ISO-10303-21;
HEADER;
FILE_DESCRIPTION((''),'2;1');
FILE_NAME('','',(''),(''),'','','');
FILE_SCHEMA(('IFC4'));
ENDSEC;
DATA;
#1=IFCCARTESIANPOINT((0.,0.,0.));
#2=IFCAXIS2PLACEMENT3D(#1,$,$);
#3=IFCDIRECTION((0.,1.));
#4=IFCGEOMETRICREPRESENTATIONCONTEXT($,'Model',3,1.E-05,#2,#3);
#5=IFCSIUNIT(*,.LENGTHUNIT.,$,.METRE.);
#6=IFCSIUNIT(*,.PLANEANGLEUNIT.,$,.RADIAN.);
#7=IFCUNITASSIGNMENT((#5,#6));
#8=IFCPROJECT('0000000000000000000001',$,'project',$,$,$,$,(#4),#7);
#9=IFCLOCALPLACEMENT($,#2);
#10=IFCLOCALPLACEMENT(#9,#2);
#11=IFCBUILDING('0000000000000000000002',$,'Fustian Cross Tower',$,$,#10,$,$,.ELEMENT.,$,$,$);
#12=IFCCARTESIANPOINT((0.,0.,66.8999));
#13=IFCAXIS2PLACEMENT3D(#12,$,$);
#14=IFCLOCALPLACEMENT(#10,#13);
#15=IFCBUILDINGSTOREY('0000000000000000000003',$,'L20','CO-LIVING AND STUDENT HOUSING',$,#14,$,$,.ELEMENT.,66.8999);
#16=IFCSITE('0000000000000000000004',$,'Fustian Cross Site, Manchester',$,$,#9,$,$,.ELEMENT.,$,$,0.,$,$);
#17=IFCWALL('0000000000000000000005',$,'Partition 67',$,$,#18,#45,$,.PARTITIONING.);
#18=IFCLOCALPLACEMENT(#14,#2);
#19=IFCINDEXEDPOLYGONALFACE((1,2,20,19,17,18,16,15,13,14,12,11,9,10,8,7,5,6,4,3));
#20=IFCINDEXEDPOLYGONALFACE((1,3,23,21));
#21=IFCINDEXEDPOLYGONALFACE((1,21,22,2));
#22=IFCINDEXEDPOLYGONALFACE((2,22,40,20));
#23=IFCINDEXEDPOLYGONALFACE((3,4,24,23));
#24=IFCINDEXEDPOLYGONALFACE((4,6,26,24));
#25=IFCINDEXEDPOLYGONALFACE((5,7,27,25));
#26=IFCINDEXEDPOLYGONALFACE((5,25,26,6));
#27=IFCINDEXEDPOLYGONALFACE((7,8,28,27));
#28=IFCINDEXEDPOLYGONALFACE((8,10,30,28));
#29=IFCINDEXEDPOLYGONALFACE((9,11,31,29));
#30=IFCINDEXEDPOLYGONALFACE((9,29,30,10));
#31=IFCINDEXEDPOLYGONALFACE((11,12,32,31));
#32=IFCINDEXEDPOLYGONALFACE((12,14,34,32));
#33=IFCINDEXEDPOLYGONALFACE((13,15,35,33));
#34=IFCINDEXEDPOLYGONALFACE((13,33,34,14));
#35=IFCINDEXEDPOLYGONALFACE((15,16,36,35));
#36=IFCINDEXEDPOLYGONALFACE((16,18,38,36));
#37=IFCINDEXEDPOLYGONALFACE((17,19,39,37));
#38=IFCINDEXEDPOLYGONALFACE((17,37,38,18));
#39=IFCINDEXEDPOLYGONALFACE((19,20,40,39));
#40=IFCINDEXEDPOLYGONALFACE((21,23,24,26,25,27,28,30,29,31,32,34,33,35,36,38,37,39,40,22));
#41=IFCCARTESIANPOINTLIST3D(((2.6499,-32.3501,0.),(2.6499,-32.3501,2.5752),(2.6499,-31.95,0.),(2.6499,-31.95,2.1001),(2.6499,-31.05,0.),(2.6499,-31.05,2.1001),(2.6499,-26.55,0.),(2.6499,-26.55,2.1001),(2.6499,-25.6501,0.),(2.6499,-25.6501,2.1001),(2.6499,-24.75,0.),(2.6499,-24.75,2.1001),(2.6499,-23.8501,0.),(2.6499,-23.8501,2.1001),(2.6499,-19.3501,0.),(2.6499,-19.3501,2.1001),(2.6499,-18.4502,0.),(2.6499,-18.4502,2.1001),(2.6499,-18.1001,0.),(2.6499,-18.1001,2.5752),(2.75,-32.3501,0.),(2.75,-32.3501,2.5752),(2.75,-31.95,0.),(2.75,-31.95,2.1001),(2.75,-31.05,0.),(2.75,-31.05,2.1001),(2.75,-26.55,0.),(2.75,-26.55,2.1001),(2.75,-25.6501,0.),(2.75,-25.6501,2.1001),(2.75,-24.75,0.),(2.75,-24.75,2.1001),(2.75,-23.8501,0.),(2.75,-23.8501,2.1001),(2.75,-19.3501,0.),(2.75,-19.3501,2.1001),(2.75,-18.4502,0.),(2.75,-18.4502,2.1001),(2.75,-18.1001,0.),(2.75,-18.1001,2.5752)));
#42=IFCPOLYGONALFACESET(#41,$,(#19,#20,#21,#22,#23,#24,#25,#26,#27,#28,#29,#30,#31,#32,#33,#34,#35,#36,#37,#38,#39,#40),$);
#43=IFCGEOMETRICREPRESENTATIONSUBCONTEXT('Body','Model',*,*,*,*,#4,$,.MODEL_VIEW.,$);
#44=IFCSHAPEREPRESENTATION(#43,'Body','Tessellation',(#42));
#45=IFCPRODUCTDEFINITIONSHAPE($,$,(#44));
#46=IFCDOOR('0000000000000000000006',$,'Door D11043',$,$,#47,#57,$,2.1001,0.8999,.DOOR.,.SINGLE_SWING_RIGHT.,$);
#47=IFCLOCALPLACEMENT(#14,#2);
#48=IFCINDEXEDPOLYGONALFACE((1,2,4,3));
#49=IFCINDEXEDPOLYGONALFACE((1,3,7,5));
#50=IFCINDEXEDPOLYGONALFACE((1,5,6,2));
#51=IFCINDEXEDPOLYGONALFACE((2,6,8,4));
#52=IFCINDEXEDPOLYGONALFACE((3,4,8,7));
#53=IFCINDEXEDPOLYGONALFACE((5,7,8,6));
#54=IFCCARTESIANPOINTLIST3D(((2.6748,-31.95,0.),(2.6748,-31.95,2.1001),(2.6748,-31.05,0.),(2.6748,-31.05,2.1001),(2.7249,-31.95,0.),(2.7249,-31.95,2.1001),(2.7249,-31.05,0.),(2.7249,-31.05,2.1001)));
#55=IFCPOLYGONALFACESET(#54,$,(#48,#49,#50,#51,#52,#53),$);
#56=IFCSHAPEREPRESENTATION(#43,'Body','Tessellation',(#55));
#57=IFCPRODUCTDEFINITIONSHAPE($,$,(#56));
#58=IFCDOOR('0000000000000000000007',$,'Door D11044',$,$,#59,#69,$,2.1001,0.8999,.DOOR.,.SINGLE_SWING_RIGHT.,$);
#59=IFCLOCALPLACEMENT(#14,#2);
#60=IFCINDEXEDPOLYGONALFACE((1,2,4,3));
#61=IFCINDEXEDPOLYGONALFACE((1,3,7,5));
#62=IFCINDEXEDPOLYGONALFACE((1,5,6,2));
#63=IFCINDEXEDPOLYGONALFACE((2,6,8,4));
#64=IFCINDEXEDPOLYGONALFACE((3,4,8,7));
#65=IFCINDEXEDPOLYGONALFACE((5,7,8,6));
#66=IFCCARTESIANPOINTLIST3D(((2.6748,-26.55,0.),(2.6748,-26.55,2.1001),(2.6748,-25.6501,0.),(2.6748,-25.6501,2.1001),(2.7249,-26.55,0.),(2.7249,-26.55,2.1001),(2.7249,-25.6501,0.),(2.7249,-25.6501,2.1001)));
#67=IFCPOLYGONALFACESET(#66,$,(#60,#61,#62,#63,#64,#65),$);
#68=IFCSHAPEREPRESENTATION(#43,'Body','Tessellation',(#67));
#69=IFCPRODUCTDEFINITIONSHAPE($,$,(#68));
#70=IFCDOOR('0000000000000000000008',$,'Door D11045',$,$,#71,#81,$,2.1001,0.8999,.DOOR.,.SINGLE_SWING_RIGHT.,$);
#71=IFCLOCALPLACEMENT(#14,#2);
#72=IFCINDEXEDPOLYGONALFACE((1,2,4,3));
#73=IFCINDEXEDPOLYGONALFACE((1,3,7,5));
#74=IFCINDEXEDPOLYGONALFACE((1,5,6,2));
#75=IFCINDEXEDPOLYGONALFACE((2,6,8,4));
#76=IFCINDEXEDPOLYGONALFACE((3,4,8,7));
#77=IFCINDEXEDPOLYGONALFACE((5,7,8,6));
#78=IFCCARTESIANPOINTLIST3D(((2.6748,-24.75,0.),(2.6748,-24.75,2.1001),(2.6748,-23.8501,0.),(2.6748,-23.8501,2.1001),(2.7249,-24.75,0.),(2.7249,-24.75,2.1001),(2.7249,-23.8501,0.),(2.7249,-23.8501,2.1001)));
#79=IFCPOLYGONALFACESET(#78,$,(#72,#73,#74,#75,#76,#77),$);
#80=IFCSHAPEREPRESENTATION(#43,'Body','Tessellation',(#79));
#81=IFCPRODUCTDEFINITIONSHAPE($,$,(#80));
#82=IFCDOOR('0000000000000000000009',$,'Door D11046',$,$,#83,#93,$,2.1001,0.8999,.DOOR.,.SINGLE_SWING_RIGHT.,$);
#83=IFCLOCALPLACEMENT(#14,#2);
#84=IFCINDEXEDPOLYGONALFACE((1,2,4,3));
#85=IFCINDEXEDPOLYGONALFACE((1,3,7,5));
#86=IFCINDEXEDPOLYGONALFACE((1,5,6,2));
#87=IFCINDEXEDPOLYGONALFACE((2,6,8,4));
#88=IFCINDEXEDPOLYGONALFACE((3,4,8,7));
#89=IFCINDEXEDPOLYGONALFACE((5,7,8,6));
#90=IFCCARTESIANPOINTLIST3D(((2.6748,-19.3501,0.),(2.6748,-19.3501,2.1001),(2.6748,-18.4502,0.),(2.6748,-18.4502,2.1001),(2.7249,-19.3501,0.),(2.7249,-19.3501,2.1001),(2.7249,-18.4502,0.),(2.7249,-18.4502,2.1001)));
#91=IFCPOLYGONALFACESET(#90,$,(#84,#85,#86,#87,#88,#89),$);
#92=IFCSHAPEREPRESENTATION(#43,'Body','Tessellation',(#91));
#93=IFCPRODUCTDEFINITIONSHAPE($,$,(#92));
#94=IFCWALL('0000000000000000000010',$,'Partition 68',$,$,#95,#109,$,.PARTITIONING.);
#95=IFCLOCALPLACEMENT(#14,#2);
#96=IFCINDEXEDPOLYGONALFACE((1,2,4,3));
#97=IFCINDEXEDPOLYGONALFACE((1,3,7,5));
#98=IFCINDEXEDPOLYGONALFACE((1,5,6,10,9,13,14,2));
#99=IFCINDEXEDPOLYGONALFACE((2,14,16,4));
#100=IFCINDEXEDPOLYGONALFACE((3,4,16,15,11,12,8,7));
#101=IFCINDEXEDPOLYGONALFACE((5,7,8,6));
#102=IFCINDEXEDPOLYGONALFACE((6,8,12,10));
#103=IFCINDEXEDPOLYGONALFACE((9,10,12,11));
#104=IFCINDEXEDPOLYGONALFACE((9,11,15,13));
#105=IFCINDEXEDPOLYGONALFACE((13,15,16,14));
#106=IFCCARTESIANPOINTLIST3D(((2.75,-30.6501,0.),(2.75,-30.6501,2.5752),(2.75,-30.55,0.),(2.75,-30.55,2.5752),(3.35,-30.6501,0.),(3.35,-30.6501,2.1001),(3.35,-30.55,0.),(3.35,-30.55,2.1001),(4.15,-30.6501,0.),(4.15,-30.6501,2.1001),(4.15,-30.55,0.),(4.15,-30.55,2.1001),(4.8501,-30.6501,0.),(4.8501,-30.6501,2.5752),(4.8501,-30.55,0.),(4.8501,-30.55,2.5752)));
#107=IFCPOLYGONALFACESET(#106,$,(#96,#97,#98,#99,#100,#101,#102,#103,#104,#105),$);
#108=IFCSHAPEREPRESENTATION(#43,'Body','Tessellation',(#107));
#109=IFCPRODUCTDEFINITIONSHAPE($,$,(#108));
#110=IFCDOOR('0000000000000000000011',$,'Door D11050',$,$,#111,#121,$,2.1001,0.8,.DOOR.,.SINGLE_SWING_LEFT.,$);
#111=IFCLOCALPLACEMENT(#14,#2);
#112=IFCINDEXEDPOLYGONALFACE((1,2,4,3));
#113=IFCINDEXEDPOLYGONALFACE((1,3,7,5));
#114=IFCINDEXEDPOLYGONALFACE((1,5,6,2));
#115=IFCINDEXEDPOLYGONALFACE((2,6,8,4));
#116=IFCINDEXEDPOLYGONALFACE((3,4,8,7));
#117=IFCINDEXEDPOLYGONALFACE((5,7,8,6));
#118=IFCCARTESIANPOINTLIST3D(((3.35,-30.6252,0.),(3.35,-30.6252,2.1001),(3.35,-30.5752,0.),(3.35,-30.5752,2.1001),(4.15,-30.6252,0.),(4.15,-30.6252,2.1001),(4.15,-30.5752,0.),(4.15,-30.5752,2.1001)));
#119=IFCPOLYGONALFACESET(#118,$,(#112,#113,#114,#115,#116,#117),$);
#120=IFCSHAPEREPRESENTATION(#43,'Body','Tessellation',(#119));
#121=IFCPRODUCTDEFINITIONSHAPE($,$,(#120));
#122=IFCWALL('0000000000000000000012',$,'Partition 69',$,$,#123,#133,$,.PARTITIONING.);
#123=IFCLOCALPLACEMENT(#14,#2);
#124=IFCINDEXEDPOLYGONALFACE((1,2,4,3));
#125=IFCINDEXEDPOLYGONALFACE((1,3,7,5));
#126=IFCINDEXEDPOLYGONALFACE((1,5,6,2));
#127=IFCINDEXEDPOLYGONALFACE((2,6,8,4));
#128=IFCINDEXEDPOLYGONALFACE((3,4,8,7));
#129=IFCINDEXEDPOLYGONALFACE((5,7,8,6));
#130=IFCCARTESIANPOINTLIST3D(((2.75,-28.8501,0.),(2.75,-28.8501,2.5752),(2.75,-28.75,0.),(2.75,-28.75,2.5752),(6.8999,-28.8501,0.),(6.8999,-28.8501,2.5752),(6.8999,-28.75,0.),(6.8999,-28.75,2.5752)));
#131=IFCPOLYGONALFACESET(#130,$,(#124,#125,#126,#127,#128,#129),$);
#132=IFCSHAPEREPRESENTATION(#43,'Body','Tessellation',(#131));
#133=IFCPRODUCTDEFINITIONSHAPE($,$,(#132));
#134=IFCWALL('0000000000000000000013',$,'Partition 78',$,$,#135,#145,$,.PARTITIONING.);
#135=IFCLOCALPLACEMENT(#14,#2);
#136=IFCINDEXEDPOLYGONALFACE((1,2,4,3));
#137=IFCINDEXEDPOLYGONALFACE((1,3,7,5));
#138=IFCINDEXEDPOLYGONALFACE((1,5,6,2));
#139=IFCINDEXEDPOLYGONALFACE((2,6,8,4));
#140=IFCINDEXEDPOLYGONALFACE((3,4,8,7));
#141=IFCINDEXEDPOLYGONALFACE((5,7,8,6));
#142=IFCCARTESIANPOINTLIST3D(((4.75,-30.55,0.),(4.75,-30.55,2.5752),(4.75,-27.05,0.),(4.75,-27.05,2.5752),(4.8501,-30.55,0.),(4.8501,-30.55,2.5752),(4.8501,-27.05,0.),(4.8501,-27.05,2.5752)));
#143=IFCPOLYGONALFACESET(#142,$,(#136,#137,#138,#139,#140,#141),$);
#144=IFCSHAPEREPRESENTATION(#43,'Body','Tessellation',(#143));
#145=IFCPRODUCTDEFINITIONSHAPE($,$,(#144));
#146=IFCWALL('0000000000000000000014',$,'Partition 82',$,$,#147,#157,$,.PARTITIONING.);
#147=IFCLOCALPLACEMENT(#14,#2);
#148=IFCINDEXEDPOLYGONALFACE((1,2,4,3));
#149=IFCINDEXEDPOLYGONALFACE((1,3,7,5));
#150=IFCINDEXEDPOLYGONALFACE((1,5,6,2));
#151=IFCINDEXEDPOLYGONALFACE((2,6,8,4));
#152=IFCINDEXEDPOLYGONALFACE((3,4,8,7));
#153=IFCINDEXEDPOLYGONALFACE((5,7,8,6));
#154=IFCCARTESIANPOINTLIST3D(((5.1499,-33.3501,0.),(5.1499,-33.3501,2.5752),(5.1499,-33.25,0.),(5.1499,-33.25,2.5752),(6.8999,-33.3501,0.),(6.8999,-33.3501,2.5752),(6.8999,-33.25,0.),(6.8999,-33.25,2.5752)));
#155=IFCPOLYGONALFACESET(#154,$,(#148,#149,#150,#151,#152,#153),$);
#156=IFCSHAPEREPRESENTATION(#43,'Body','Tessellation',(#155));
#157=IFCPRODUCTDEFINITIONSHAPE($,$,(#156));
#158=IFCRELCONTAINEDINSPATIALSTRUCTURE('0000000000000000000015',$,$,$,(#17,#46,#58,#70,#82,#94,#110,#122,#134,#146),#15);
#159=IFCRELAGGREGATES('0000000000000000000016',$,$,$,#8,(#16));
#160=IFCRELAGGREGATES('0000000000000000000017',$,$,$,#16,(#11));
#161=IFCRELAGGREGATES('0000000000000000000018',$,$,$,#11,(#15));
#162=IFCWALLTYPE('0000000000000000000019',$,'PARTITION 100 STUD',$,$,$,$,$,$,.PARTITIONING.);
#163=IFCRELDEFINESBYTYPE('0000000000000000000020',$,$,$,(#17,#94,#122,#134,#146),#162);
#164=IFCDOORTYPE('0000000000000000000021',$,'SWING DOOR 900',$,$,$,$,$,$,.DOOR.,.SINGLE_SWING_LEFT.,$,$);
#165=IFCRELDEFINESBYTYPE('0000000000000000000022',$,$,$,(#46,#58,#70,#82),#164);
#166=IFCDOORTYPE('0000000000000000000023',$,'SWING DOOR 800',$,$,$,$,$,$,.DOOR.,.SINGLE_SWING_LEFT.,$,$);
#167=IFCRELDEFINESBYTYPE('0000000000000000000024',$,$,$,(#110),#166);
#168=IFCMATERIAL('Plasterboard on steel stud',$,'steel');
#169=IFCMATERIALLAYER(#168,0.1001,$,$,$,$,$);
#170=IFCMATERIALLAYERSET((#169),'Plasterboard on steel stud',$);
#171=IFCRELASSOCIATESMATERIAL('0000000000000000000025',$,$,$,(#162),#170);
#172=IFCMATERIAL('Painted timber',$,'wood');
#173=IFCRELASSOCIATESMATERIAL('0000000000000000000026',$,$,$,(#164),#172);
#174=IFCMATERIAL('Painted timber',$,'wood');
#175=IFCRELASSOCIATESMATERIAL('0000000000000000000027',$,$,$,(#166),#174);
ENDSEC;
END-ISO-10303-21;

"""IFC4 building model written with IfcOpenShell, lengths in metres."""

from ifc_helpers import new_model, si_unit, direction, frame, frame_2d, origin, place, context, subcontext, project, spatial, rectangle, extrude, material, layer, layer_set, type_object, element, fill, save


model = new_model("IFC4")

# Units and contexts
model_context = context("Model", 3, precision=1e-05, world=origin(), true_north=direction((0.0, 1.0)))
body_context = subcontext(model_context, "Body", "Model", "MODEL_VIEW")
ifc_project = project(units=[si_unit("LENGTHUNIT", "METRE"), si_unit("PLANEANGLEUNIT", "RADIAN")], contexts=[model_context])

# Site, building, storey
site_placement = place(None, origin())
site = spatial("IfcSite", under=ifc_project, at=site_placement, Name="Fustian Cross Site, Manchester", CompositionType="ELEMENT", RefElevation=0.0)
building_placement = place(site_placement, origin())
building = spatial("IfcBuilding", under=site, at=building_placement, Name="Fustian Cross Tower", CompositionType="ELEMENT")
storey_placement = place(building_placement, frame((0.0, 0.0, 66.8999)))
storey = spatial("IfcBuildingStorey", under=building, at=storey_placement, Name="L20", Description="CO-LIVING AND STUDENT HOUSING", CompositionType="ELEMENT", Elevation=66.8999)

# Shared definitions
ifc_material_1 = material(Name="Plasterboard on steel stud", Category="steel")
ifc_layer_1 = layer(ifc_material_1, 0.1001)
ifc_layer_set_1 = layer_set([ifc_layer_1], Name="Plasterboard on steel stud")
wall_type_1 = type_object("IfcWallType", Name="PARTITION 100 STUD", PredefinedType="PARTITIONING", material=ifc_layer_set_1)
ifc_material_2 = material(Name="Painted timber", Category="wood")
door_type_1 = type_object("IfcDoorType", Name="SWING DOOR 900", OperationType="SINGLE_SWING_LEFT", PredefinedType="DOOR", material=ifc_material_2)

# Wall, openings, doors
wall_1_placement = place(storey_placement, frame((2.7, -32.3501, 0.0), z_axis=(0.0, 0.0, 1.0), x_axis=(0.0, 1.0, 0.0)))
wall_1 = element("IfcWall", 1, at=wall_1_placement, inside=storey, type_object=wall_type_1, Name="Partition 67", PredefinedType="PARTITIONING", context=body_context, shape_type="SweptSolid", body=[
    extrude(rectangle(XDim=14.25, YDim=0.1001, at=frame_2d((7.125, 0.0))), origin(), (0.0, 0.0, 1.0), 2.5752),
])
opening_1_placement = place(wall_1_placement, frame((0.4001, 0.0, 0.0)))
opening_1 = element("IfcOpeningElement", 2, at=opening_1_placement, cuts=wall_1, PredefinedType="OPENING", context=body_context, shape_type="SweptSolid", body=[
    extrude(rectangle(XDim=0.8999, YDim=2.1001, at=frame_2d((0.45, 1.05))), frame((0.0, 0.0601, 0.0), z_axis=(0.0, -1.0, 0.0), x_axis=(1.0, 0.0, 0.0)), (0.0, 0.0, 1.0), 0.1201),
])
opening_2_placement = place(wall_1_placement, frame((5.8, 0.0, 0.0)))
opening_2 = element("IfcOpeningElement", 3, at=opening_2_placement, cuts=wall_1, PredefinedType="OPENING", context=body_context, shape_type="SweptSolid", body=[
    extrude(rectangle(XDim=0.8999, YDim=2.1001, at=frame_2d((0.45, 1.05))), frame((0.0, 0.0601, 0.0), z_axis=(0.0, -1.0, 0.0), x_axis=(1.0, 0.0, 0.0)), (0.0, 0.0, 1.0), 0.1201),
])
opening_3_placement = place(wall_1_placement, frame((7.6001, 0.0, 0.0)))
opening_3 = element("IfcOpeningElement", 4, at=opening_3_placement, cuts=wall_1, PredefinedType="OPENING", context=body_context, shape_type="SweptSolid", body=[
    extrude(rectangle(XDim=0.8999, YDim=2.1001, at=frame_2d((0.45, 1.05))), frame((0.0, 0.0601, 0.0), z_axis=(0.0, -1.0, 0.0), x_axis=(1.0, 0.0, 0.0)), (0.0, 0.0, 1.0), 0.1201),
])
opening_4_placement = place(wall_1_placement, frame((13.0, 0.0, 0.0)))
opening_4 = element("IfcOpeningElement", 5, at=opening_4_placement, cuts=wall_1, PredefinedType="OPENING", context=body_context, shape_type="SweptSolid", body=[
    extrude(rectangle(XDim=0.8999, YDim=2.1001, at=frame_2d((0.45, 1.05))), frame((0.0, 0.0601, 0.0), z_axis=(0.0, -1.0, 0.0), x_axis=(1.0, 0.0, 0.0)), (0.0, 0.0, 1.0), 0.1201),
])
door_1_placement = place(opening_1_placement, frame((0.8999, 0.0, 0.0), z_axis=(0.0, 0.0, 1.0), x_axis=(-1.0, 0.0, 0.0)))
door_1 = element("IfcDoor", 6, at=door_1_placement, inside=storey, type_object=door_type_1, Name="Door D11043", OperationType="SINGLE_SWING_RIGHT", OverallHeight=2.1001, OverallWidth=0.8999, PredefinedType="DOOR", context=body_context, shape_type="SweptSolid", body=[
    extrude(rectangle(XDim=0.8999, YDim=2.1001, at=frame_2d((0.45, 1.05))), frame((0.0, 0.0249, 0.0), z_axis=(0.0, -1.0, 0.0), x_axis=(1.0, 0.0, 0.0)), (0.0, 0.0, 1.0), 0.05),
])
fill(opening_1, door_1)
door_2_placement = place(opening_2_placement, frame((0.8999, 0.0, 0.0), z_axis=(0.0, 0.0, 1.0), x_axis=(-1.0, 0.0, 0.0)))
door_2 = element("IfcDoor", 7, at=door_2_placement, inside=storey, type_object=door_type_1, Name="Door D11044", OperationType="SINGLE_SWING_RIGHT", OverallHeight=2.1001, OverallWidth=0.8999, PredefinedType="DOOR", context=body_context, shape_type="SweptSolid", body=[
    extrude(rectangle(XDim=0.8999, YDim=2.1001, at=frame_2d((0.45, 1.05))), frame((0.0, 0.0249, 0.0), z_axis=(0.0, -1.0, 0.0), x_axis=(1.0, 0.0, 0.0)), (0.0, 0.0, 1.0), 0.05),
])
fill(opening_2, door_2)
door_3_placement = place(opening_3_placement, frame((0.8999, 0.0, 0.0), z_axis=(0.0, 0.0, 1.0), x_axis=(-1.0, 0.0, 0.0)))
door_3 = element("IfcDoor", 8, at=door_3_placement, inside=storey, type_object=door_type_1, Name="Door D11045", OperationType="SINGLE_SWING_RIGHT", OverallHeight=2.1001, OverallWidth=0.8999, PredefinedType="DOOR", context=body_context, shape_type="SweptSolid", body=[
    extrude(rectangle(XDim=0.8999, YDim=2.1001, at=frame_2d((0.45, 1.05))), frame((0.0, 0.0249, 0.0), z_axis=(0.0, -1.0, 0.0), x_axis=(1.0, 0.0, 0.0)), (0.0, 0.0, 1.0), 0.05),
])
fill(opening_3, door_3)
door_4_placement = place(opening_4_placement, frame((0.8999, 0.0, 0.0), z_axis=(0.0, 0.0, 1.0), x_axis=(-1.0, 0.0, 0.0)))
door_4 = element("IfcDoor", 9, at=door_4_placement, inside=storey, type_object=door_type_1, Name="Door D11046", OperationType="SINGLE_SWING_RIGHT", OverallHeight=2.1001, OverallWidth=0.8999, PredefinedType="DOOR", context=body_context, shape_type="SweptSolid", body=[
    extrude(rectangle(XDim=0.8999, YDim=2.1001, at=frame_2d((0.45, 1.05))), frame((0.0, 0.0249, 0.0), z_axis=(0.0, -1.0, 0.0), x_axis=(1.0, 0.0, 0.0)), (0.0, 0.0, 1.0), 0.05),
])
fill(opening_4, door_4)

# Wall, opening, door
wall_2_placement = place(storey_placement, frame((2.75, -30.6001, 0.0), z_axis=(0.0, 0.0, 1.0), x_axis=(1.0, 0.0, 0.0)))
wall_2 = element("IfcWall", 10, at=wall_2_placement, inside=storey, type_object=wall_type_1, Name="Partition 68", PredefinedType="PARTITIONING", context=body_context, shape_type="SweptSolid", body=[
    extrude(rectangle(XDim=2.1001, YDim=0.1001, at=frame_2d((1.05, 0.0))), origin(), (0.0, 0.0, 1.0), 2.5752),
])
opening_5_placement = place(wall_2_placement, frame((0.6001, 0.0, 0.0)))
opening_5 = element("IfcOpeningElement", 11, at=opening_5_placement, cuts=wall_2, PredefinedType="OPENING", context=body_context, shape_type="SweptSolid", body=[
    extrude(rectangle(XDim=0.8, YDim=2.1001, at=frame_2d((0.3999, 1.05))), frame((0.0, 0.0601, 0.0), z_axis=(0.0, -1.0, 0.0), x_axis=(1.0, 0.0, 0.0)), (0.0, 0.0, 1.0), 0.1201),
])
ifc_material_3 = material(Name="Painted timber", Category="wood")
door_type_2 = type_object("IfcDoorType", Name="SWING DOOR 800", OperationType="SINGLE_SWING_LEFT", PredefinedType="DOOR", material=ifc_material_3)
door_5_placement = place(opening_5_placement, origin())
door_5 = element("IfcDoor", 12, at=door_5_placement, inside=storey, type_object=door_type_2, Name="Door D11050", OperationType="SINGLE_SWING_LEFT", OverallHeight=2.1001, OverallWidth=0.8, PredefinedType="DOOR", context=body_context, shape_type="SweptSolid", body=[
    extrude(rectangle(XDim=0.8, YDim=2.1001, at=frame_2d((0.3999, 1.05))), frame((0.0, 0.0249, 0.0), z_axis=(0.0, -1.0, 0.0), x_axis=(1.0, 0.0, 0.0)), (0.0, 0.0, 1.0), 0.05),
])
fill(opening_5, door_5)

# Walls
wall_3_placement = place(storey_placement, frame((2.75, -28.8, 0.0), z_axis=(0.0, 0.0, 1.0), x_axis=(1.0, 0.0, 0.0)))
element("IfcWall", 13, at=wall_3_placement, inside=storey, type_object=wall_type_1, Name="Partition 69", PredefinedType="PARTITIONING", context=body_context, shape_type="SweptSolid", body=[
    extrude(rectangle(XDim=4.1499, YDim=0.1001, at=frame_2d((2.075, 0.0))), origin(), (0.0, 0.0, 1.0), 2.5752),
])
wall_4_placement = place(storey_placement, frame((4.8, -30.55, 0.0), z_axis=(0.0, 0.0, 1.0), x_axis=(0.0, 1.0, 0.0)))
element("IfcWall", 14, at=wall_4_placement, inside=storey, type_object=wall_type_1, Name="Partition 78", PredefinedType="PARTITIONING", context=body_context, shape_type="SweptSolid", body=[
    extrude(rectangle(XDim=3.5, YDim=0.1001, at=frame_2d((1.75, 0.0))), origin(), (0.0, 0.0, 1.0), 2.5752),
])
wall_5_placement = place(storey_placement, frame((5.1499, -33.3, 0.0), z_axis=(0.0, 0.0, 1.0), x_axis=(1.0, 0.0, 0.0)))
element("IfcWall", 15, at=wall_5_placement, inside=storey, type_object=wall_type_1, Name="Partition 82", PredefinedType="PARTITIONING", context=body_context, shape_type="SweptSolid", body=[
    extrude(rectangle(XDim=1.75, YDim=0.1001, at=frame_2d((0.875, 0.0))), origin(), (0.0, 0.0, 1.0), 2.5752),
])

save(model, "model.ifc")
